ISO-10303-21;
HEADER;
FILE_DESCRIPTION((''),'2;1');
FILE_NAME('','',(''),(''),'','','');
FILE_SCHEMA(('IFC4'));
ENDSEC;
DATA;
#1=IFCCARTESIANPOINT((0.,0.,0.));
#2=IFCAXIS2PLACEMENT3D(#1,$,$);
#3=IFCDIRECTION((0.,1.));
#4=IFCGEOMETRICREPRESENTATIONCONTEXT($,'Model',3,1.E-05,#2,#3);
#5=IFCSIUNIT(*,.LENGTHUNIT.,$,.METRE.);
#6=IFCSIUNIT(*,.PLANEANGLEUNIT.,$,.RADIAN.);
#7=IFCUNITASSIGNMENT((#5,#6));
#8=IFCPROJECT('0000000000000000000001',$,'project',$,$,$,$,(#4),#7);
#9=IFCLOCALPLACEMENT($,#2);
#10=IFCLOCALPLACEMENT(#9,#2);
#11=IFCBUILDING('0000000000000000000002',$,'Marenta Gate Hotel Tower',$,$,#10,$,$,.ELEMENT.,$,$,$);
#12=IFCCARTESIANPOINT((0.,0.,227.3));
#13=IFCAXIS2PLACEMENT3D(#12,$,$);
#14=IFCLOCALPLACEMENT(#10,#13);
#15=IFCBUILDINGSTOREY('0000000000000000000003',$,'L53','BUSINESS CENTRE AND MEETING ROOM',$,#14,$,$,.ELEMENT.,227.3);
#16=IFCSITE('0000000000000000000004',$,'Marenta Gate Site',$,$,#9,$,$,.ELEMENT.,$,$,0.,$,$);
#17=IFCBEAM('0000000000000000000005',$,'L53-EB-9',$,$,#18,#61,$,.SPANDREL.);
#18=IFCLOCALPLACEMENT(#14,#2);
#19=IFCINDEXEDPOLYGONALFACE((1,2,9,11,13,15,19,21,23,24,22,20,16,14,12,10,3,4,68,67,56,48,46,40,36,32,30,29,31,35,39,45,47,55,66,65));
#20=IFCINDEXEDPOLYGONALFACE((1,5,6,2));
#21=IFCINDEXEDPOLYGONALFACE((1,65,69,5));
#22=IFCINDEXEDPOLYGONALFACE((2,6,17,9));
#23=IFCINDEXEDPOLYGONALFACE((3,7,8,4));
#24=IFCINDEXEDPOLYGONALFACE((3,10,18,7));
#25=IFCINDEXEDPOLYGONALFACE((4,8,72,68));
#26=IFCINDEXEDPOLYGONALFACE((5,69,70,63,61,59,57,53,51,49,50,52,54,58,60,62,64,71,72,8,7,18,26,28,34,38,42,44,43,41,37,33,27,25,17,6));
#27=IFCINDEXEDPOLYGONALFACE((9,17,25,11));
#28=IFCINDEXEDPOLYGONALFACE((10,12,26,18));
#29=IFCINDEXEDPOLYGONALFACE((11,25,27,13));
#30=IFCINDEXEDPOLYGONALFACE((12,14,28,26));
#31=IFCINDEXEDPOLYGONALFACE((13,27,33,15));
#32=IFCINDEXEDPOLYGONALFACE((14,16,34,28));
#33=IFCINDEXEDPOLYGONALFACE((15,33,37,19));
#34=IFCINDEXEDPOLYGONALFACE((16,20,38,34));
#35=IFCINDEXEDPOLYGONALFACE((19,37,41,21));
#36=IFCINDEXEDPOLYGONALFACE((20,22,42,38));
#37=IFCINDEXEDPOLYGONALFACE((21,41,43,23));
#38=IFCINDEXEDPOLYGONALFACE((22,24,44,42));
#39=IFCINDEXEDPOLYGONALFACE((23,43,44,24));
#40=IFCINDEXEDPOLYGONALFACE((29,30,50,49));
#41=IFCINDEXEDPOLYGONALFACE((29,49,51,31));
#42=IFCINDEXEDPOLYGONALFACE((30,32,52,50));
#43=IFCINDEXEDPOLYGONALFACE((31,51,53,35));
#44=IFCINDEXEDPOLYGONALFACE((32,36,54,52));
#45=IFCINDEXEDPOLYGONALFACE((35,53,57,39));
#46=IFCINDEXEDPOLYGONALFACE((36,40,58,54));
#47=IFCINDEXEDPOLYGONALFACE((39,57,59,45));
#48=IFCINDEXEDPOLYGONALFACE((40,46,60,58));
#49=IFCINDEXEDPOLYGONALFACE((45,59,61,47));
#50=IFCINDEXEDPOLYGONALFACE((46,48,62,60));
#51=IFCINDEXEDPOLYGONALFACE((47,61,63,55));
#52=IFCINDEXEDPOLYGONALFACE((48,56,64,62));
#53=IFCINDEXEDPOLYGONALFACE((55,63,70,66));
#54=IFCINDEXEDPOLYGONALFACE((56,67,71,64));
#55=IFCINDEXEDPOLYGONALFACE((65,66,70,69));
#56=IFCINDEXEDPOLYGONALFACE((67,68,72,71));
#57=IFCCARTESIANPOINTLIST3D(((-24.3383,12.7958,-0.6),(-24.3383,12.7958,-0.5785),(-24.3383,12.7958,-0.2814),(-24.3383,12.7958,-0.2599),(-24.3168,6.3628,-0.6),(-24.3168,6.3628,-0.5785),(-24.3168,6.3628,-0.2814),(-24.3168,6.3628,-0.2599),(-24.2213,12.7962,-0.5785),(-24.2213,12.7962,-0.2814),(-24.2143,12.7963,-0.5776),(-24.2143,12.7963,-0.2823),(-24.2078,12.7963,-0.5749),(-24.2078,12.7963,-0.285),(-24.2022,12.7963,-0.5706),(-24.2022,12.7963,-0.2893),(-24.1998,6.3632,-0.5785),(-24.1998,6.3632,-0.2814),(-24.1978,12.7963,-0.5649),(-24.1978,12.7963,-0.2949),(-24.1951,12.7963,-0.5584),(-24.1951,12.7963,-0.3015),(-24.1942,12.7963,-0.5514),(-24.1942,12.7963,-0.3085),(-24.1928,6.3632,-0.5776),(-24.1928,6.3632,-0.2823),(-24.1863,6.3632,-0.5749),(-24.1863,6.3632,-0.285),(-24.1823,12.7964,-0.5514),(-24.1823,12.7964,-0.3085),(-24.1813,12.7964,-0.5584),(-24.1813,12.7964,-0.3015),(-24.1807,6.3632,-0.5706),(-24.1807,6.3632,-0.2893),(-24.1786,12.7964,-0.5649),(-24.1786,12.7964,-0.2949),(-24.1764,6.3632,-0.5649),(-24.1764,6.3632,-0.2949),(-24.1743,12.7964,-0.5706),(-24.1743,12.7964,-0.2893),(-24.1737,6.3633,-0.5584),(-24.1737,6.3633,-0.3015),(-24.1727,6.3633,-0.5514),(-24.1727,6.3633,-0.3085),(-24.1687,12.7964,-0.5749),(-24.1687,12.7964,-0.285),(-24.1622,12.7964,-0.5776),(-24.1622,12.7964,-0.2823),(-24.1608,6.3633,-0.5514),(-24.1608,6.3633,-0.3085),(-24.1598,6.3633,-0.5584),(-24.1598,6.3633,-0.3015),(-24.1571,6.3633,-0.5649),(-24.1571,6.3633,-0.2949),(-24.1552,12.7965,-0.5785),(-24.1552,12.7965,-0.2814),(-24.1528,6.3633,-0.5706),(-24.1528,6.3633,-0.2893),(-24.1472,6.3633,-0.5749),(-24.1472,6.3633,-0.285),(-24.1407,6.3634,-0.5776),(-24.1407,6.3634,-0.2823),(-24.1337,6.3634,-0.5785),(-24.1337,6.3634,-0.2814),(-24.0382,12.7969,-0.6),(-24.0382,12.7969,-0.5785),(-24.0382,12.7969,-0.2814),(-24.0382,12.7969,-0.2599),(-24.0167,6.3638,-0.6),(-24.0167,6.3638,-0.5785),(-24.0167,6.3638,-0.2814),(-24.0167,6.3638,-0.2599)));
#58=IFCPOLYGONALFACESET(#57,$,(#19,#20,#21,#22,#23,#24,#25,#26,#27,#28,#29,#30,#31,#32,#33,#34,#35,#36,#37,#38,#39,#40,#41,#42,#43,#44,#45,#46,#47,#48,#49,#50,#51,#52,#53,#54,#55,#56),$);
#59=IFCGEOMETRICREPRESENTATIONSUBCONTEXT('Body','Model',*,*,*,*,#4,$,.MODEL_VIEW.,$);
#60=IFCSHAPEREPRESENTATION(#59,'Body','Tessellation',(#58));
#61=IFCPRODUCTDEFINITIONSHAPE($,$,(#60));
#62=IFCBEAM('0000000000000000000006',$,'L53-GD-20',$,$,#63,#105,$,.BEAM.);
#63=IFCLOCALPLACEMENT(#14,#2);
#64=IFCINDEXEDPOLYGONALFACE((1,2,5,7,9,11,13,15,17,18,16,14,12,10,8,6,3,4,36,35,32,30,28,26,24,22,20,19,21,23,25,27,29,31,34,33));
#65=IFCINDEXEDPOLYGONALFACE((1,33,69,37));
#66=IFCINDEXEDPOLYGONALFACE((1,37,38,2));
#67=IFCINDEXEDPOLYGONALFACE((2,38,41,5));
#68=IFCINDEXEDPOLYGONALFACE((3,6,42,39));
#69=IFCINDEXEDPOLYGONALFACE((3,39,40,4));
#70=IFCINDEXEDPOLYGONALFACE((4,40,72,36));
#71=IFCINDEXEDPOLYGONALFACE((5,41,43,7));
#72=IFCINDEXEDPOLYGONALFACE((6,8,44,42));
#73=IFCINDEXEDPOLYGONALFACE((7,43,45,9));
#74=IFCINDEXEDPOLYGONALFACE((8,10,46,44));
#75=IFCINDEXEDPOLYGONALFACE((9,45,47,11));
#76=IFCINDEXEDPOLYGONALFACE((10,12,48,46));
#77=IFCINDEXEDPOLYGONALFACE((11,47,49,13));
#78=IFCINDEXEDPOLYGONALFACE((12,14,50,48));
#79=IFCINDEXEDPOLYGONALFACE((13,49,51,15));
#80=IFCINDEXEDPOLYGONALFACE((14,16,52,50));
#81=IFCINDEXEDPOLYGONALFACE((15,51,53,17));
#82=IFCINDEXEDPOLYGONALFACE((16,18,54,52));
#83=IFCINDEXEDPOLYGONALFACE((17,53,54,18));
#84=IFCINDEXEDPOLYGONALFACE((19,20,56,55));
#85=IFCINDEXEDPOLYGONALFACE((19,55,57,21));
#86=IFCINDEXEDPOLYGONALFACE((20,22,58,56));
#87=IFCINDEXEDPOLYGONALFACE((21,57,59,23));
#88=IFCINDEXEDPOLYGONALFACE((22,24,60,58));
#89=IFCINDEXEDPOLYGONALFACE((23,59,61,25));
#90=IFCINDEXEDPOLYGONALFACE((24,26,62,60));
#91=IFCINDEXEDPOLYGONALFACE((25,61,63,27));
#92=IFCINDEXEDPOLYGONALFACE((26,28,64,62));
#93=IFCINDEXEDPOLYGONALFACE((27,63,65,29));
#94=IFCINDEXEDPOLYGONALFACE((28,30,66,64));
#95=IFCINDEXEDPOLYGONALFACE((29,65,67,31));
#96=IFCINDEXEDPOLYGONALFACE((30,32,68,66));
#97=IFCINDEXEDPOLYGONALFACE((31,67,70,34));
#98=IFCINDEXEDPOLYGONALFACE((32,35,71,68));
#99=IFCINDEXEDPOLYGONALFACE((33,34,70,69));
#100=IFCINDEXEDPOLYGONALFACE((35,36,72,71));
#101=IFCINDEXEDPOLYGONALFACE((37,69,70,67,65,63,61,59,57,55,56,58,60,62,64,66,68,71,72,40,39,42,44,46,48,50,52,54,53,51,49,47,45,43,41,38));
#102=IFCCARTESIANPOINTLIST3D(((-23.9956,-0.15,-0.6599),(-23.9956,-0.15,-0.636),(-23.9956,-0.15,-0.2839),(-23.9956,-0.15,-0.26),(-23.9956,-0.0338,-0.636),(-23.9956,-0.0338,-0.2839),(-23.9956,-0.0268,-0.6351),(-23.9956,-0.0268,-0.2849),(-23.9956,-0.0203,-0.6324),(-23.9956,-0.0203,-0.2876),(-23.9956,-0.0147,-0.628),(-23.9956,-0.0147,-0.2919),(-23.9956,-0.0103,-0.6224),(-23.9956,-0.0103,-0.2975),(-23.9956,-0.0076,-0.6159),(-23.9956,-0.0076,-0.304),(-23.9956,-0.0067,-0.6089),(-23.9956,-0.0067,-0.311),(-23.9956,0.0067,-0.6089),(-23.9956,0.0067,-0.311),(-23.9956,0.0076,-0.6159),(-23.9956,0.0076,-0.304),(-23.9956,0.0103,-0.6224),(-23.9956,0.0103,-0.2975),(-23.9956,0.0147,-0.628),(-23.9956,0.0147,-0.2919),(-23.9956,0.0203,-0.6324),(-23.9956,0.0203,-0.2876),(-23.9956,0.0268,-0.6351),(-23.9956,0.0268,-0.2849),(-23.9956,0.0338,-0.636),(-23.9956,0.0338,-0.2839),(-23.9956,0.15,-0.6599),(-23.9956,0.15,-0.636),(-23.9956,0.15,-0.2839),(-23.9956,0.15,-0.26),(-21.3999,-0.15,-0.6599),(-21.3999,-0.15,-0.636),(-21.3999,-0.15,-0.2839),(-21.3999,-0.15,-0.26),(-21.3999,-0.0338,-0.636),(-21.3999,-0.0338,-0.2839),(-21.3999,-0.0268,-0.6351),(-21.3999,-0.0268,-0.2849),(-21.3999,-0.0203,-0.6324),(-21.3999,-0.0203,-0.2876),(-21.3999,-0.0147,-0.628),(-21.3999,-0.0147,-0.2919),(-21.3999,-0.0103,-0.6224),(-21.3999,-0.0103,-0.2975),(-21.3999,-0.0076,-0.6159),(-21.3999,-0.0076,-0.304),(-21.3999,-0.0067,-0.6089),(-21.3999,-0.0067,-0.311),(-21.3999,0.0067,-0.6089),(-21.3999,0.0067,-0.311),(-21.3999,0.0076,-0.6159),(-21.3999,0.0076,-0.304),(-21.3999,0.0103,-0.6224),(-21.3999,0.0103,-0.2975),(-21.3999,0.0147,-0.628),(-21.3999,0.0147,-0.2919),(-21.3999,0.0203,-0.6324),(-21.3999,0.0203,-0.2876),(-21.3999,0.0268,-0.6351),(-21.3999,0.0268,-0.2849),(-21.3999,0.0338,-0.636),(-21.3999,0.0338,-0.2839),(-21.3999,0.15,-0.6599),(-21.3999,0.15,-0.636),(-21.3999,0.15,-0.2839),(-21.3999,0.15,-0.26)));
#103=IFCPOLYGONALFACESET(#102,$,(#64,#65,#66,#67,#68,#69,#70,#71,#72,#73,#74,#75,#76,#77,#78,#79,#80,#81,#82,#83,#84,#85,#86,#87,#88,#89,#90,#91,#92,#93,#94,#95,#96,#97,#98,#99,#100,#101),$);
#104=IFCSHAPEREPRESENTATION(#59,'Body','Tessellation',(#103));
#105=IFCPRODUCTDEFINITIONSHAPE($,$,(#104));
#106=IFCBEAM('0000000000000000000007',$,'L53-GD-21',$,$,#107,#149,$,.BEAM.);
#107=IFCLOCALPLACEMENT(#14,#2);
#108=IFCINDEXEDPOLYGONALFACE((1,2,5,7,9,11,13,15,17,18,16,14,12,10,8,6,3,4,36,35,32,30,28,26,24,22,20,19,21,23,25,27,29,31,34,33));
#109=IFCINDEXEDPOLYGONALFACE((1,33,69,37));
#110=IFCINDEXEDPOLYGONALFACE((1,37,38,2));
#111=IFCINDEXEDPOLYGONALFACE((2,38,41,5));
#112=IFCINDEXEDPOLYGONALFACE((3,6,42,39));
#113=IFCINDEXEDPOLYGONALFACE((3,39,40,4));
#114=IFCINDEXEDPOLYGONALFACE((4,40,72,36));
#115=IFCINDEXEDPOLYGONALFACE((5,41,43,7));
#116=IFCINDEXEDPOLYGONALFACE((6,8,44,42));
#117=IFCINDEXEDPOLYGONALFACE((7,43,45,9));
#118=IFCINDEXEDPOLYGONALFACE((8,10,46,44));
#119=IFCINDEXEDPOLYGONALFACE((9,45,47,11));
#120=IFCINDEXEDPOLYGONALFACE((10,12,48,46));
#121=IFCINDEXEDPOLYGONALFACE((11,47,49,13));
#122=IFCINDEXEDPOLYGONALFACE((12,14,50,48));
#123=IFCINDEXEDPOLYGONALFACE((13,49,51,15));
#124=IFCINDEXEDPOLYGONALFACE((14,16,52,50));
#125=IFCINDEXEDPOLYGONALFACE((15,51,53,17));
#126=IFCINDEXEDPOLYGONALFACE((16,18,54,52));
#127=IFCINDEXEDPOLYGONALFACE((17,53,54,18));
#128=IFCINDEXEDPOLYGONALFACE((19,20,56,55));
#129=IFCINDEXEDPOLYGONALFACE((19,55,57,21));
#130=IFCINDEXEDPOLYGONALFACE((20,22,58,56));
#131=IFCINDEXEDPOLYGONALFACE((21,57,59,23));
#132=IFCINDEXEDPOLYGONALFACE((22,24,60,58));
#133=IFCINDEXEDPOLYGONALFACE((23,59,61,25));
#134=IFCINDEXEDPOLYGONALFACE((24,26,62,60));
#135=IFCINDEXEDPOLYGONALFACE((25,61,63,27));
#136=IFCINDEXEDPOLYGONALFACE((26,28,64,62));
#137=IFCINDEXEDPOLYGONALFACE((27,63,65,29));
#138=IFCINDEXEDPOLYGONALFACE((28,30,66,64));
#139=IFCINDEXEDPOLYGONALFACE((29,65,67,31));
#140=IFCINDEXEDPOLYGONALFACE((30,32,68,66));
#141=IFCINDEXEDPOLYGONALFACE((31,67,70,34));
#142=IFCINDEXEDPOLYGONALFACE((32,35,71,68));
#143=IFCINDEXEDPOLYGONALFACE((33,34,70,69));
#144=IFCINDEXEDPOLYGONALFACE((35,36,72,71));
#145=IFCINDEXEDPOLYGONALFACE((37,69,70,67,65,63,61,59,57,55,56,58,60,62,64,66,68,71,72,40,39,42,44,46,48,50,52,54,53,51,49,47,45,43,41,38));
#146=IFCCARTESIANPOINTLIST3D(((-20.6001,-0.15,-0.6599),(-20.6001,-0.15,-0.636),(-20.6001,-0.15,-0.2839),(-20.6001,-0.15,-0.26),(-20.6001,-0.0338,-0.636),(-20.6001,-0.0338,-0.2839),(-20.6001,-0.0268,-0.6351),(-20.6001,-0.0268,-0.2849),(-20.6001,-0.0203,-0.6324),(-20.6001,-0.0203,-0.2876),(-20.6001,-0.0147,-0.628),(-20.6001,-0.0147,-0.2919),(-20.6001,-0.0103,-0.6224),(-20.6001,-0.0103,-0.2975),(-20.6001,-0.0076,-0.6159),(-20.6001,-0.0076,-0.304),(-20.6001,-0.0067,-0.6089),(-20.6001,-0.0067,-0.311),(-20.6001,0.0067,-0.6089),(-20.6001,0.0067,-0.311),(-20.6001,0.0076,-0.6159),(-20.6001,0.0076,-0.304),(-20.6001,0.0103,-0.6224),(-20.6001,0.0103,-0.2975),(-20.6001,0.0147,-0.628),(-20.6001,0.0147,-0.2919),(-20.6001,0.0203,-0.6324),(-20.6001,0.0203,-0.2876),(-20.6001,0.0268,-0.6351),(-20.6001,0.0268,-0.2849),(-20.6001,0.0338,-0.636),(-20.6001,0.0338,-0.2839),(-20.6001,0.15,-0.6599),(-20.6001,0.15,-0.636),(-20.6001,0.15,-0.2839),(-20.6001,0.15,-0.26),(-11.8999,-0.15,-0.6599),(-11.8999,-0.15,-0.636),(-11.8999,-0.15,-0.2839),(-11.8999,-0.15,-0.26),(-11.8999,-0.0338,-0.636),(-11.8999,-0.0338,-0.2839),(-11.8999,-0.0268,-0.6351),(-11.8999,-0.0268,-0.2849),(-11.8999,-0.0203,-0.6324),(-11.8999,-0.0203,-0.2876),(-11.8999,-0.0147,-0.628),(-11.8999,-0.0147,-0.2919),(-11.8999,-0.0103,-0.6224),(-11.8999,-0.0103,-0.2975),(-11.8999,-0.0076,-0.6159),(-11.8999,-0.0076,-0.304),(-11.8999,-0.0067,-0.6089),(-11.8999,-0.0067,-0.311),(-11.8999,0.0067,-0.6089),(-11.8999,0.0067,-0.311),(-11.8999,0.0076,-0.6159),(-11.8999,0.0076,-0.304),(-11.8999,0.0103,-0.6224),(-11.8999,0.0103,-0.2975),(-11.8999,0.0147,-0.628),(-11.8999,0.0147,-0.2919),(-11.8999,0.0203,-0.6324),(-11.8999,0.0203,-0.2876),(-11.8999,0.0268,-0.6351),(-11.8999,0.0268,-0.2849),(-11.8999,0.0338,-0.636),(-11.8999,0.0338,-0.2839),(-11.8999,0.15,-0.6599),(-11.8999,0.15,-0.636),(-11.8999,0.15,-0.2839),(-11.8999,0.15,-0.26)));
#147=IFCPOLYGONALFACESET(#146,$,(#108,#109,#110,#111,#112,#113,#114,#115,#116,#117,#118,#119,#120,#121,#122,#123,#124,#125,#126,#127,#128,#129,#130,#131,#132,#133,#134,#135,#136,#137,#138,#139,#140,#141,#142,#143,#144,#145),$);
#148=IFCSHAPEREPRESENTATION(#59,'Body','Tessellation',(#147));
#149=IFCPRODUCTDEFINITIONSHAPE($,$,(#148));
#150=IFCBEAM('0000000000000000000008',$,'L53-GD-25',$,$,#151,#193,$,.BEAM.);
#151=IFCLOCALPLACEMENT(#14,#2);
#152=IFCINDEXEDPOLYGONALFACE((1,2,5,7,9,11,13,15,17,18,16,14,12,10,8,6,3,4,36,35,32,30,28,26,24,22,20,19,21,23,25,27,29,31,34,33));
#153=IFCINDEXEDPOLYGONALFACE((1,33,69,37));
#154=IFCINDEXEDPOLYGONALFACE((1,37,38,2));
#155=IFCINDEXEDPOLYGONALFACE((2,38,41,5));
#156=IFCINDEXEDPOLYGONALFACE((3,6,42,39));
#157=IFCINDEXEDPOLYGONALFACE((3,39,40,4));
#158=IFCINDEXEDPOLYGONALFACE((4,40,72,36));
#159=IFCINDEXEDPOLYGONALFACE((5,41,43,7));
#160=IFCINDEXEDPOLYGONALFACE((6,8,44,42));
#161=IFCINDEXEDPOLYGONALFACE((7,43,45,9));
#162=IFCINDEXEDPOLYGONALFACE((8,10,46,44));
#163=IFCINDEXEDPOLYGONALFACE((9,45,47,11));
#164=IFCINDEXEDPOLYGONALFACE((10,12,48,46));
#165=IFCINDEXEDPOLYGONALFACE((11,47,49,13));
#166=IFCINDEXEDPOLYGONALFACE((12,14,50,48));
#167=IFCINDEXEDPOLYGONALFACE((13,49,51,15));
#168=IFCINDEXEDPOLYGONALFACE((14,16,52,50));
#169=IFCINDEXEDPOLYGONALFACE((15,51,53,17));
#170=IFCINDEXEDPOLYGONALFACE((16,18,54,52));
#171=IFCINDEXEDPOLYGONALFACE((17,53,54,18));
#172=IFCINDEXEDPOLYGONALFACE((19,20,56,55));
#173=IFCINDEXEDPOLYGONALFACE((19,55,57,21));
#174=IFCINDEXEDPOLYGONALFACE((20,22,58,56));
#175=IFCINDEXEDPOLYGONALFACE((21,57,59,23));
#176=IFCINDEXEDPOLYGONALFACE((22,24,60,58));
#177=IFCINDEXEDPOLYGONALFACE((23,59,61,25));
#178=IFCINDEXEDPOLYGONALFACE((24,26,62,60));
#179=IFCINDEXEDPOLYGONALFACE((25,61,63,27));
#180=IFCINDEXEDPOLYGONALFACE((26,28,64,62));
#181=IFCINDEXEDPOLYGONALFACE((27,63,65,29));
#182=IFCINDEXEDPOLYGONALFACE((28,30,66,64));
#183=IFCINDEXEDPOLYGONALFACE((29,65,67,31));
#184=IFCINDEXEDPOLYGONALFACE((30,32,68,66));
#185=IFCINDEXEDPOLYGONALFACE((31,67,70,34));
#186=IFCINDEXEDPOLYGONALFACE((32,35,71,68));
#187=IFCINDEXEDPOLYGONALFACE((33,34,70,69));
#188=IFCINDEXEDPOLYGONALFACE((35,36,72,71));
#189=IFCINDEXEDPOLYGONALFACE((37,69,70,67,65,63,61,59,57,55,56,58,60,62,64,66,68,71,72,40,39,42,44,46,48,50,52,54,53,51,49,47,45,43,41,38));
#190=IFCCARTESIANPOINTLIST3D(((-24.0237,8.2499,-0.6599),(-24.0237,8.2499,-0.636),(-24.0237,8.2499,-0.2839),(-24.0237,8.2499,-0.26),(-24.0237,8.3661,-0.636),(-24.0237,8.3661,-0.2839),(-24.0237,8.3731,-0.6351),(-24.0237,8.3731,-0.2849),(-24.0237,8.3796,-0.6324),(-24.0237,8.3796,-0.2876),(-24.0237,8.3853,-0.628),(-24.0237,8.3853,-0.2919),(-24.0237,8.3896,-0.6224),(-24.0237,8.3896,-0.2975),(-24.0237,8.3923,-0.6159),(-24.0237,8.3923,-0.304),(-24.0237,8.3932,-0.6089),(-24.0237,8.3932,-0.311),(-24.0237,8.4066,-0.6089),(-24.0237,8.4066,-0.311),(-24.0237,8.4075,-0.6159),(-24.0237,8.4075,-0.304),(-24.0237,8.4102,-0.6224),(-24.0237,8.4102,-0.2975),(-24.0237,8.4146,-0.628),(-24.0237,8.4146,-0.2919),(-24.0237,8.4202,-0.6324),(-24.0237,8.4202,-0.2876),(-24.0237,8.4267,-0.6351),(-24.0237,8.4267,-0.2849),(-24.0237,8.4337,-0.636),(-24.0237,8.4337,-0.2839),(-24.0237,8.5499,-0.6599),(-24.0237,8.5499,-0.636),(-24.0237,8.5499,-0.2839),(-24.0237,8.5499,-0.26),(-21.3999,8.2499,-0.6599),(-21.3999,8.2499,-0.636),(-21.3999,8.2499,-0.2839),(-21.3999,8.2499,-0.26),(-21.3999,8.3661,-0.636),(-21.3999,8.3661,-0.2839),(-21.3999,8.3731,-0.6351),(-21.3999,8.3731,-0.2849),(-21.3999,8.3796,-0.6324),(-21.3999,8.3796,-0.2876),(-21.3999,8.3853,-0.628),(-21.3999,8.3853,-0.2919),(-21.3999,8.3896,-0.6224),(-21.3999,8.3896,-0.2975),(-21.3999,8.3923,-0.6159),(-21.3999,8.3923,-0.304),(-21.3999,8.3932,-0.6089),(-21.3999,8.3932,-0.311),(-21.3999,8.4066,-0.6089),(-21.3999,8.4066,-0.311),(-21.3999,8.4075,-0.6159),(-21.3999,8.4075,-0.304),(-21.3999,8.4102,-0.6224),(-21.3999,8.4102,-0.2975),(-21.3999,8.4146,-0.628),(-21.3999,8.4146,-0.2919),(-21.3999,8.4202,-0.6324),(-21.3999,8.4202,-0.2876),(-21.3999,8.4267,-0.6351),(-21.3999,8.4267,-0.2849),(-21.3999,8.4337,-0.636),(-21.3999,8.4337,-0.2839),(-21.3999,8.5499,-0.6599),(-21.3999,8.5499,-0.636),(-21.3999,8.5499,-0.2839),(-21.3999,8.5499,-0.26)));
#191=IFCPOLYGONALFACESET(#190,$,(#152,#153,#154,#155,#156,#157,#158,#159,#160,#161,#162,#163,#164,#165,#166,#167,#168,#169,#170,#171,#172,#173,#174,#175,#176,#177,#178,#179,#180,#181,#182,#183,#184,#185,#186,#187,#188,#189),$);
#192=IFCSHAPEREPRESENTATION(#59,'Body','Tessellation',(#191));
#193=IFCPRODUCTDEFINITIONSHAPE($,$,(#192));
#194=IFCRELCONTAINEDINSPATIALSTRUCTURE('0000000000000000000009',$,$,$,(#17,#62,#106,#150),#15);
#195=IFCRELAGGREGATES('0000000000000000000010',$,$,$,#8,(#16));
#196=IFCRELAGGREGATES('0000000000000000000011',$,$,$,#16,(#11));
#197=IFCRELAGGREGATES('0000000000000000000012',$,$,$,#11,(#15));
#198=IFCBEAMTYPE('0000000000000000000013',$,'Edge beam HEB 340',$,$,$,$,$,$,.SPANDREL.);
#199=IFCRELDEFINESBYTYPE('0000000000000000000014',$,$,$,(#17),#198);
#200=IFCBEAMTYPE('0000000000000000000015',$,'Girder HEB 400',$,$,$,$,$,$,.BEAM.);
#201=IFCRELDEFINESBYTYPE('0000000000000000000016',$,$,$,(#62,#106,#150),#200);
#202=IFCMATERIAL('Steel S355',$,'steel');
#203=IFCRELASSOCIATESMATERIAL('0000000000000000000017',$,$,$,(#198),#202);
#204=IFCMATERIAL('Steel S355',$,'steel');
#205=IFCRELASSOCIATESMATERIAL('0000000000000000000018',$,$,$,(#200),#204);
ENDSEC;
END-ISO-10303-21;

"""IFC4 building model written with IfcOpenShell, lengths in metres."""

from ifc_helpers import new_model, si_unit, direction, frame, origin, origin_2d, place, context, subcontext, project, spatial, i_section, extrude, material, material_profile, profile_set, type_object, element, save


model = new_model("IFC4")

# Units and contexts
model_context = context("Model", 3, precision=1e-05, world=origin(), true_north=direction((0.0, 1.0)))
body_context = subcontext(model_context, "Body", "Model", "MODEL_VIEW")
ifc_project = project(units=[si_unit("LENGTHUNIT", "METRE"), si_unit("PLANEANGLEUNIT", "RADIAN")], contexts=[model_context])

# Site, building, storey
site_placement = place(None, origin())
site = spatial("IfcSite", under=ifc_project, at=site_placement, Name="Marenta Gate Site", CompositionType="ELEMENT", RefElevation=0.0)
building_placement = place(site_placement, origin())
building = spatial("IfcBuilding", under=site, at=building_placement, Name="Marenta Gate Hotel Tower", CompositionType="ELEMENT")
storey_placement = place(building_placement, frame((0.0, 0.0, 227.3)))
storey = spatial("IfcBuildingStorey", under=building, at=storey_placement, Name="L53", Description="BUSINESS CENTRE AND MEETING ROOM", CompositionType="ELEMENT", Elevation=227.3)

# Beams
ifc_material_1 = material(Name="Steel S355", Category="steel")
ifc_material_profile_1 = material_profile(ifc_material_1, i_section(OverallWidth=0.3, OverallDepth=0.3401, WebThickness=0.012, FlangeThickness=0.0215, FilletRadius=0.0271, at=origin_2d()), Name="HEB 340")
ifc_profile_set_1 = profile_set([ifc_material_profile_1], Name="Steel S355")
beam_type_1 = type_object("IfcBeamType", Name="Edge beam HEB 340", PredefinedType="SPANDREL", material=ifc_profile_set_1)
beam_1_placement = place(storey_placement, frame((-24.1667, 6.3633, -0.4299), z_axis=(-0.00334, 0.999994, 0.0), x_axis=(-0.999994, -0.00334, 0.0)))
element("IfcBeam", 1, at=beam_1_placement, inside=storey, type_object=beam_type_1, Name="L53-EB-9", PredefinedType="SPANDREL", context=body_context, shape_type="SweptSolid", body=[
    extrude(i_section(OverallWidth=0.3, OverallDepth=0.3401, WebThickness=0.012, FlangeThickness=0.0215, FilletRadius=0.0271, at=origin_2d()), origin(), (0.0, 0.0, 1.0), 6.4331),
])
ifc_material_2 = material(Name="Steel S355", Category="steel")
ifc_material_profile_2 = material_profile(ifc_material_2, i_section(OverallWidth=0.3, OverallDepth=0.3999, WebThickness=0.0134, FlangeThickness=0.0239, FilletRadius=0.0271, at=origin_2d()), Name="HEB 400")
ifc_profile_set_2 = profile_set([ifc_material_profile_2], Name="Steel S355")
beam_type_2 = type_object("IfcBeamType", Name="Girder HEB 400", PredefinedType="BEAM", material=ifc_profile_set_2)
beam_2_placement = place(storey_placement, frame((-23.9956, 0.0, -0.46), z_axis=(1.0, 0.0, 0.0), x_axis=(0.0, 1.0, 0.0)))
element("IfcBeam", 2, at=beam_2_placement, inside=storey, type_object=beam_type_2, Name="L53-GD-20", PredefinedType="BEAM", context=body_context, shape_type="SweptSolid", body=[
    extrude(i_section(OverallWidth=0.3, OverallDepth=0.3999, WebThickness=0.0134, FlangeThickness=0.0239, FilletRadius=0.0271, at=origin_2d()), origin(), (0.0, 0.0, 1.0), 2.5957),
])
beam_3_placement = place(storey_placement, frame((-20.6001, 0.0, -0.46), z_axis=(1.0, 0.0, 0.0), x_axis=(0.0, 1.0, 0.0)))
element("IfcBeam", 3, at=beam_3_placement, inside=storey, type_object=beam_type_2, Name="L53-GD-21", PredefinedType="BEAM", context=body_context, shape_type="SweptSolid", body=[
    extrude(i_section(OverallWidth=0.3, OverallDepth=0.3999, WebThickness=0.0134, FlangeThickness=0.0239, FilletRadius=0.0271, at=origin_2d()), origin(), (0.0, 0.0, 1.0), 8.7002),
])
beam_4_placement = place(storey_placement, frame((-24.0237, 8.3999, -0.46), z_axis=(1.0, 0.0, 0.0), x_axis=(0.0, 1.0, 0.0)))
element("IfcBeam", 4, at=beam_4_placement, inside=storey, type_object=beam_type_2, Name="L53-GD-25", PredefinedType="BEAM", context=body_context, shape_type="SweptSolid", body=[
    extrude(i_section(OverallWidth=0.3, OverallDepth=0.3999, WebThickness=0.0134, FlangeThickness=0.0239, FilletRadius=0.0271, at=origin_2d()), origin(), (0.0, 0.0, 1.0), 2.6238),
])

save(model, "model.ifc")
